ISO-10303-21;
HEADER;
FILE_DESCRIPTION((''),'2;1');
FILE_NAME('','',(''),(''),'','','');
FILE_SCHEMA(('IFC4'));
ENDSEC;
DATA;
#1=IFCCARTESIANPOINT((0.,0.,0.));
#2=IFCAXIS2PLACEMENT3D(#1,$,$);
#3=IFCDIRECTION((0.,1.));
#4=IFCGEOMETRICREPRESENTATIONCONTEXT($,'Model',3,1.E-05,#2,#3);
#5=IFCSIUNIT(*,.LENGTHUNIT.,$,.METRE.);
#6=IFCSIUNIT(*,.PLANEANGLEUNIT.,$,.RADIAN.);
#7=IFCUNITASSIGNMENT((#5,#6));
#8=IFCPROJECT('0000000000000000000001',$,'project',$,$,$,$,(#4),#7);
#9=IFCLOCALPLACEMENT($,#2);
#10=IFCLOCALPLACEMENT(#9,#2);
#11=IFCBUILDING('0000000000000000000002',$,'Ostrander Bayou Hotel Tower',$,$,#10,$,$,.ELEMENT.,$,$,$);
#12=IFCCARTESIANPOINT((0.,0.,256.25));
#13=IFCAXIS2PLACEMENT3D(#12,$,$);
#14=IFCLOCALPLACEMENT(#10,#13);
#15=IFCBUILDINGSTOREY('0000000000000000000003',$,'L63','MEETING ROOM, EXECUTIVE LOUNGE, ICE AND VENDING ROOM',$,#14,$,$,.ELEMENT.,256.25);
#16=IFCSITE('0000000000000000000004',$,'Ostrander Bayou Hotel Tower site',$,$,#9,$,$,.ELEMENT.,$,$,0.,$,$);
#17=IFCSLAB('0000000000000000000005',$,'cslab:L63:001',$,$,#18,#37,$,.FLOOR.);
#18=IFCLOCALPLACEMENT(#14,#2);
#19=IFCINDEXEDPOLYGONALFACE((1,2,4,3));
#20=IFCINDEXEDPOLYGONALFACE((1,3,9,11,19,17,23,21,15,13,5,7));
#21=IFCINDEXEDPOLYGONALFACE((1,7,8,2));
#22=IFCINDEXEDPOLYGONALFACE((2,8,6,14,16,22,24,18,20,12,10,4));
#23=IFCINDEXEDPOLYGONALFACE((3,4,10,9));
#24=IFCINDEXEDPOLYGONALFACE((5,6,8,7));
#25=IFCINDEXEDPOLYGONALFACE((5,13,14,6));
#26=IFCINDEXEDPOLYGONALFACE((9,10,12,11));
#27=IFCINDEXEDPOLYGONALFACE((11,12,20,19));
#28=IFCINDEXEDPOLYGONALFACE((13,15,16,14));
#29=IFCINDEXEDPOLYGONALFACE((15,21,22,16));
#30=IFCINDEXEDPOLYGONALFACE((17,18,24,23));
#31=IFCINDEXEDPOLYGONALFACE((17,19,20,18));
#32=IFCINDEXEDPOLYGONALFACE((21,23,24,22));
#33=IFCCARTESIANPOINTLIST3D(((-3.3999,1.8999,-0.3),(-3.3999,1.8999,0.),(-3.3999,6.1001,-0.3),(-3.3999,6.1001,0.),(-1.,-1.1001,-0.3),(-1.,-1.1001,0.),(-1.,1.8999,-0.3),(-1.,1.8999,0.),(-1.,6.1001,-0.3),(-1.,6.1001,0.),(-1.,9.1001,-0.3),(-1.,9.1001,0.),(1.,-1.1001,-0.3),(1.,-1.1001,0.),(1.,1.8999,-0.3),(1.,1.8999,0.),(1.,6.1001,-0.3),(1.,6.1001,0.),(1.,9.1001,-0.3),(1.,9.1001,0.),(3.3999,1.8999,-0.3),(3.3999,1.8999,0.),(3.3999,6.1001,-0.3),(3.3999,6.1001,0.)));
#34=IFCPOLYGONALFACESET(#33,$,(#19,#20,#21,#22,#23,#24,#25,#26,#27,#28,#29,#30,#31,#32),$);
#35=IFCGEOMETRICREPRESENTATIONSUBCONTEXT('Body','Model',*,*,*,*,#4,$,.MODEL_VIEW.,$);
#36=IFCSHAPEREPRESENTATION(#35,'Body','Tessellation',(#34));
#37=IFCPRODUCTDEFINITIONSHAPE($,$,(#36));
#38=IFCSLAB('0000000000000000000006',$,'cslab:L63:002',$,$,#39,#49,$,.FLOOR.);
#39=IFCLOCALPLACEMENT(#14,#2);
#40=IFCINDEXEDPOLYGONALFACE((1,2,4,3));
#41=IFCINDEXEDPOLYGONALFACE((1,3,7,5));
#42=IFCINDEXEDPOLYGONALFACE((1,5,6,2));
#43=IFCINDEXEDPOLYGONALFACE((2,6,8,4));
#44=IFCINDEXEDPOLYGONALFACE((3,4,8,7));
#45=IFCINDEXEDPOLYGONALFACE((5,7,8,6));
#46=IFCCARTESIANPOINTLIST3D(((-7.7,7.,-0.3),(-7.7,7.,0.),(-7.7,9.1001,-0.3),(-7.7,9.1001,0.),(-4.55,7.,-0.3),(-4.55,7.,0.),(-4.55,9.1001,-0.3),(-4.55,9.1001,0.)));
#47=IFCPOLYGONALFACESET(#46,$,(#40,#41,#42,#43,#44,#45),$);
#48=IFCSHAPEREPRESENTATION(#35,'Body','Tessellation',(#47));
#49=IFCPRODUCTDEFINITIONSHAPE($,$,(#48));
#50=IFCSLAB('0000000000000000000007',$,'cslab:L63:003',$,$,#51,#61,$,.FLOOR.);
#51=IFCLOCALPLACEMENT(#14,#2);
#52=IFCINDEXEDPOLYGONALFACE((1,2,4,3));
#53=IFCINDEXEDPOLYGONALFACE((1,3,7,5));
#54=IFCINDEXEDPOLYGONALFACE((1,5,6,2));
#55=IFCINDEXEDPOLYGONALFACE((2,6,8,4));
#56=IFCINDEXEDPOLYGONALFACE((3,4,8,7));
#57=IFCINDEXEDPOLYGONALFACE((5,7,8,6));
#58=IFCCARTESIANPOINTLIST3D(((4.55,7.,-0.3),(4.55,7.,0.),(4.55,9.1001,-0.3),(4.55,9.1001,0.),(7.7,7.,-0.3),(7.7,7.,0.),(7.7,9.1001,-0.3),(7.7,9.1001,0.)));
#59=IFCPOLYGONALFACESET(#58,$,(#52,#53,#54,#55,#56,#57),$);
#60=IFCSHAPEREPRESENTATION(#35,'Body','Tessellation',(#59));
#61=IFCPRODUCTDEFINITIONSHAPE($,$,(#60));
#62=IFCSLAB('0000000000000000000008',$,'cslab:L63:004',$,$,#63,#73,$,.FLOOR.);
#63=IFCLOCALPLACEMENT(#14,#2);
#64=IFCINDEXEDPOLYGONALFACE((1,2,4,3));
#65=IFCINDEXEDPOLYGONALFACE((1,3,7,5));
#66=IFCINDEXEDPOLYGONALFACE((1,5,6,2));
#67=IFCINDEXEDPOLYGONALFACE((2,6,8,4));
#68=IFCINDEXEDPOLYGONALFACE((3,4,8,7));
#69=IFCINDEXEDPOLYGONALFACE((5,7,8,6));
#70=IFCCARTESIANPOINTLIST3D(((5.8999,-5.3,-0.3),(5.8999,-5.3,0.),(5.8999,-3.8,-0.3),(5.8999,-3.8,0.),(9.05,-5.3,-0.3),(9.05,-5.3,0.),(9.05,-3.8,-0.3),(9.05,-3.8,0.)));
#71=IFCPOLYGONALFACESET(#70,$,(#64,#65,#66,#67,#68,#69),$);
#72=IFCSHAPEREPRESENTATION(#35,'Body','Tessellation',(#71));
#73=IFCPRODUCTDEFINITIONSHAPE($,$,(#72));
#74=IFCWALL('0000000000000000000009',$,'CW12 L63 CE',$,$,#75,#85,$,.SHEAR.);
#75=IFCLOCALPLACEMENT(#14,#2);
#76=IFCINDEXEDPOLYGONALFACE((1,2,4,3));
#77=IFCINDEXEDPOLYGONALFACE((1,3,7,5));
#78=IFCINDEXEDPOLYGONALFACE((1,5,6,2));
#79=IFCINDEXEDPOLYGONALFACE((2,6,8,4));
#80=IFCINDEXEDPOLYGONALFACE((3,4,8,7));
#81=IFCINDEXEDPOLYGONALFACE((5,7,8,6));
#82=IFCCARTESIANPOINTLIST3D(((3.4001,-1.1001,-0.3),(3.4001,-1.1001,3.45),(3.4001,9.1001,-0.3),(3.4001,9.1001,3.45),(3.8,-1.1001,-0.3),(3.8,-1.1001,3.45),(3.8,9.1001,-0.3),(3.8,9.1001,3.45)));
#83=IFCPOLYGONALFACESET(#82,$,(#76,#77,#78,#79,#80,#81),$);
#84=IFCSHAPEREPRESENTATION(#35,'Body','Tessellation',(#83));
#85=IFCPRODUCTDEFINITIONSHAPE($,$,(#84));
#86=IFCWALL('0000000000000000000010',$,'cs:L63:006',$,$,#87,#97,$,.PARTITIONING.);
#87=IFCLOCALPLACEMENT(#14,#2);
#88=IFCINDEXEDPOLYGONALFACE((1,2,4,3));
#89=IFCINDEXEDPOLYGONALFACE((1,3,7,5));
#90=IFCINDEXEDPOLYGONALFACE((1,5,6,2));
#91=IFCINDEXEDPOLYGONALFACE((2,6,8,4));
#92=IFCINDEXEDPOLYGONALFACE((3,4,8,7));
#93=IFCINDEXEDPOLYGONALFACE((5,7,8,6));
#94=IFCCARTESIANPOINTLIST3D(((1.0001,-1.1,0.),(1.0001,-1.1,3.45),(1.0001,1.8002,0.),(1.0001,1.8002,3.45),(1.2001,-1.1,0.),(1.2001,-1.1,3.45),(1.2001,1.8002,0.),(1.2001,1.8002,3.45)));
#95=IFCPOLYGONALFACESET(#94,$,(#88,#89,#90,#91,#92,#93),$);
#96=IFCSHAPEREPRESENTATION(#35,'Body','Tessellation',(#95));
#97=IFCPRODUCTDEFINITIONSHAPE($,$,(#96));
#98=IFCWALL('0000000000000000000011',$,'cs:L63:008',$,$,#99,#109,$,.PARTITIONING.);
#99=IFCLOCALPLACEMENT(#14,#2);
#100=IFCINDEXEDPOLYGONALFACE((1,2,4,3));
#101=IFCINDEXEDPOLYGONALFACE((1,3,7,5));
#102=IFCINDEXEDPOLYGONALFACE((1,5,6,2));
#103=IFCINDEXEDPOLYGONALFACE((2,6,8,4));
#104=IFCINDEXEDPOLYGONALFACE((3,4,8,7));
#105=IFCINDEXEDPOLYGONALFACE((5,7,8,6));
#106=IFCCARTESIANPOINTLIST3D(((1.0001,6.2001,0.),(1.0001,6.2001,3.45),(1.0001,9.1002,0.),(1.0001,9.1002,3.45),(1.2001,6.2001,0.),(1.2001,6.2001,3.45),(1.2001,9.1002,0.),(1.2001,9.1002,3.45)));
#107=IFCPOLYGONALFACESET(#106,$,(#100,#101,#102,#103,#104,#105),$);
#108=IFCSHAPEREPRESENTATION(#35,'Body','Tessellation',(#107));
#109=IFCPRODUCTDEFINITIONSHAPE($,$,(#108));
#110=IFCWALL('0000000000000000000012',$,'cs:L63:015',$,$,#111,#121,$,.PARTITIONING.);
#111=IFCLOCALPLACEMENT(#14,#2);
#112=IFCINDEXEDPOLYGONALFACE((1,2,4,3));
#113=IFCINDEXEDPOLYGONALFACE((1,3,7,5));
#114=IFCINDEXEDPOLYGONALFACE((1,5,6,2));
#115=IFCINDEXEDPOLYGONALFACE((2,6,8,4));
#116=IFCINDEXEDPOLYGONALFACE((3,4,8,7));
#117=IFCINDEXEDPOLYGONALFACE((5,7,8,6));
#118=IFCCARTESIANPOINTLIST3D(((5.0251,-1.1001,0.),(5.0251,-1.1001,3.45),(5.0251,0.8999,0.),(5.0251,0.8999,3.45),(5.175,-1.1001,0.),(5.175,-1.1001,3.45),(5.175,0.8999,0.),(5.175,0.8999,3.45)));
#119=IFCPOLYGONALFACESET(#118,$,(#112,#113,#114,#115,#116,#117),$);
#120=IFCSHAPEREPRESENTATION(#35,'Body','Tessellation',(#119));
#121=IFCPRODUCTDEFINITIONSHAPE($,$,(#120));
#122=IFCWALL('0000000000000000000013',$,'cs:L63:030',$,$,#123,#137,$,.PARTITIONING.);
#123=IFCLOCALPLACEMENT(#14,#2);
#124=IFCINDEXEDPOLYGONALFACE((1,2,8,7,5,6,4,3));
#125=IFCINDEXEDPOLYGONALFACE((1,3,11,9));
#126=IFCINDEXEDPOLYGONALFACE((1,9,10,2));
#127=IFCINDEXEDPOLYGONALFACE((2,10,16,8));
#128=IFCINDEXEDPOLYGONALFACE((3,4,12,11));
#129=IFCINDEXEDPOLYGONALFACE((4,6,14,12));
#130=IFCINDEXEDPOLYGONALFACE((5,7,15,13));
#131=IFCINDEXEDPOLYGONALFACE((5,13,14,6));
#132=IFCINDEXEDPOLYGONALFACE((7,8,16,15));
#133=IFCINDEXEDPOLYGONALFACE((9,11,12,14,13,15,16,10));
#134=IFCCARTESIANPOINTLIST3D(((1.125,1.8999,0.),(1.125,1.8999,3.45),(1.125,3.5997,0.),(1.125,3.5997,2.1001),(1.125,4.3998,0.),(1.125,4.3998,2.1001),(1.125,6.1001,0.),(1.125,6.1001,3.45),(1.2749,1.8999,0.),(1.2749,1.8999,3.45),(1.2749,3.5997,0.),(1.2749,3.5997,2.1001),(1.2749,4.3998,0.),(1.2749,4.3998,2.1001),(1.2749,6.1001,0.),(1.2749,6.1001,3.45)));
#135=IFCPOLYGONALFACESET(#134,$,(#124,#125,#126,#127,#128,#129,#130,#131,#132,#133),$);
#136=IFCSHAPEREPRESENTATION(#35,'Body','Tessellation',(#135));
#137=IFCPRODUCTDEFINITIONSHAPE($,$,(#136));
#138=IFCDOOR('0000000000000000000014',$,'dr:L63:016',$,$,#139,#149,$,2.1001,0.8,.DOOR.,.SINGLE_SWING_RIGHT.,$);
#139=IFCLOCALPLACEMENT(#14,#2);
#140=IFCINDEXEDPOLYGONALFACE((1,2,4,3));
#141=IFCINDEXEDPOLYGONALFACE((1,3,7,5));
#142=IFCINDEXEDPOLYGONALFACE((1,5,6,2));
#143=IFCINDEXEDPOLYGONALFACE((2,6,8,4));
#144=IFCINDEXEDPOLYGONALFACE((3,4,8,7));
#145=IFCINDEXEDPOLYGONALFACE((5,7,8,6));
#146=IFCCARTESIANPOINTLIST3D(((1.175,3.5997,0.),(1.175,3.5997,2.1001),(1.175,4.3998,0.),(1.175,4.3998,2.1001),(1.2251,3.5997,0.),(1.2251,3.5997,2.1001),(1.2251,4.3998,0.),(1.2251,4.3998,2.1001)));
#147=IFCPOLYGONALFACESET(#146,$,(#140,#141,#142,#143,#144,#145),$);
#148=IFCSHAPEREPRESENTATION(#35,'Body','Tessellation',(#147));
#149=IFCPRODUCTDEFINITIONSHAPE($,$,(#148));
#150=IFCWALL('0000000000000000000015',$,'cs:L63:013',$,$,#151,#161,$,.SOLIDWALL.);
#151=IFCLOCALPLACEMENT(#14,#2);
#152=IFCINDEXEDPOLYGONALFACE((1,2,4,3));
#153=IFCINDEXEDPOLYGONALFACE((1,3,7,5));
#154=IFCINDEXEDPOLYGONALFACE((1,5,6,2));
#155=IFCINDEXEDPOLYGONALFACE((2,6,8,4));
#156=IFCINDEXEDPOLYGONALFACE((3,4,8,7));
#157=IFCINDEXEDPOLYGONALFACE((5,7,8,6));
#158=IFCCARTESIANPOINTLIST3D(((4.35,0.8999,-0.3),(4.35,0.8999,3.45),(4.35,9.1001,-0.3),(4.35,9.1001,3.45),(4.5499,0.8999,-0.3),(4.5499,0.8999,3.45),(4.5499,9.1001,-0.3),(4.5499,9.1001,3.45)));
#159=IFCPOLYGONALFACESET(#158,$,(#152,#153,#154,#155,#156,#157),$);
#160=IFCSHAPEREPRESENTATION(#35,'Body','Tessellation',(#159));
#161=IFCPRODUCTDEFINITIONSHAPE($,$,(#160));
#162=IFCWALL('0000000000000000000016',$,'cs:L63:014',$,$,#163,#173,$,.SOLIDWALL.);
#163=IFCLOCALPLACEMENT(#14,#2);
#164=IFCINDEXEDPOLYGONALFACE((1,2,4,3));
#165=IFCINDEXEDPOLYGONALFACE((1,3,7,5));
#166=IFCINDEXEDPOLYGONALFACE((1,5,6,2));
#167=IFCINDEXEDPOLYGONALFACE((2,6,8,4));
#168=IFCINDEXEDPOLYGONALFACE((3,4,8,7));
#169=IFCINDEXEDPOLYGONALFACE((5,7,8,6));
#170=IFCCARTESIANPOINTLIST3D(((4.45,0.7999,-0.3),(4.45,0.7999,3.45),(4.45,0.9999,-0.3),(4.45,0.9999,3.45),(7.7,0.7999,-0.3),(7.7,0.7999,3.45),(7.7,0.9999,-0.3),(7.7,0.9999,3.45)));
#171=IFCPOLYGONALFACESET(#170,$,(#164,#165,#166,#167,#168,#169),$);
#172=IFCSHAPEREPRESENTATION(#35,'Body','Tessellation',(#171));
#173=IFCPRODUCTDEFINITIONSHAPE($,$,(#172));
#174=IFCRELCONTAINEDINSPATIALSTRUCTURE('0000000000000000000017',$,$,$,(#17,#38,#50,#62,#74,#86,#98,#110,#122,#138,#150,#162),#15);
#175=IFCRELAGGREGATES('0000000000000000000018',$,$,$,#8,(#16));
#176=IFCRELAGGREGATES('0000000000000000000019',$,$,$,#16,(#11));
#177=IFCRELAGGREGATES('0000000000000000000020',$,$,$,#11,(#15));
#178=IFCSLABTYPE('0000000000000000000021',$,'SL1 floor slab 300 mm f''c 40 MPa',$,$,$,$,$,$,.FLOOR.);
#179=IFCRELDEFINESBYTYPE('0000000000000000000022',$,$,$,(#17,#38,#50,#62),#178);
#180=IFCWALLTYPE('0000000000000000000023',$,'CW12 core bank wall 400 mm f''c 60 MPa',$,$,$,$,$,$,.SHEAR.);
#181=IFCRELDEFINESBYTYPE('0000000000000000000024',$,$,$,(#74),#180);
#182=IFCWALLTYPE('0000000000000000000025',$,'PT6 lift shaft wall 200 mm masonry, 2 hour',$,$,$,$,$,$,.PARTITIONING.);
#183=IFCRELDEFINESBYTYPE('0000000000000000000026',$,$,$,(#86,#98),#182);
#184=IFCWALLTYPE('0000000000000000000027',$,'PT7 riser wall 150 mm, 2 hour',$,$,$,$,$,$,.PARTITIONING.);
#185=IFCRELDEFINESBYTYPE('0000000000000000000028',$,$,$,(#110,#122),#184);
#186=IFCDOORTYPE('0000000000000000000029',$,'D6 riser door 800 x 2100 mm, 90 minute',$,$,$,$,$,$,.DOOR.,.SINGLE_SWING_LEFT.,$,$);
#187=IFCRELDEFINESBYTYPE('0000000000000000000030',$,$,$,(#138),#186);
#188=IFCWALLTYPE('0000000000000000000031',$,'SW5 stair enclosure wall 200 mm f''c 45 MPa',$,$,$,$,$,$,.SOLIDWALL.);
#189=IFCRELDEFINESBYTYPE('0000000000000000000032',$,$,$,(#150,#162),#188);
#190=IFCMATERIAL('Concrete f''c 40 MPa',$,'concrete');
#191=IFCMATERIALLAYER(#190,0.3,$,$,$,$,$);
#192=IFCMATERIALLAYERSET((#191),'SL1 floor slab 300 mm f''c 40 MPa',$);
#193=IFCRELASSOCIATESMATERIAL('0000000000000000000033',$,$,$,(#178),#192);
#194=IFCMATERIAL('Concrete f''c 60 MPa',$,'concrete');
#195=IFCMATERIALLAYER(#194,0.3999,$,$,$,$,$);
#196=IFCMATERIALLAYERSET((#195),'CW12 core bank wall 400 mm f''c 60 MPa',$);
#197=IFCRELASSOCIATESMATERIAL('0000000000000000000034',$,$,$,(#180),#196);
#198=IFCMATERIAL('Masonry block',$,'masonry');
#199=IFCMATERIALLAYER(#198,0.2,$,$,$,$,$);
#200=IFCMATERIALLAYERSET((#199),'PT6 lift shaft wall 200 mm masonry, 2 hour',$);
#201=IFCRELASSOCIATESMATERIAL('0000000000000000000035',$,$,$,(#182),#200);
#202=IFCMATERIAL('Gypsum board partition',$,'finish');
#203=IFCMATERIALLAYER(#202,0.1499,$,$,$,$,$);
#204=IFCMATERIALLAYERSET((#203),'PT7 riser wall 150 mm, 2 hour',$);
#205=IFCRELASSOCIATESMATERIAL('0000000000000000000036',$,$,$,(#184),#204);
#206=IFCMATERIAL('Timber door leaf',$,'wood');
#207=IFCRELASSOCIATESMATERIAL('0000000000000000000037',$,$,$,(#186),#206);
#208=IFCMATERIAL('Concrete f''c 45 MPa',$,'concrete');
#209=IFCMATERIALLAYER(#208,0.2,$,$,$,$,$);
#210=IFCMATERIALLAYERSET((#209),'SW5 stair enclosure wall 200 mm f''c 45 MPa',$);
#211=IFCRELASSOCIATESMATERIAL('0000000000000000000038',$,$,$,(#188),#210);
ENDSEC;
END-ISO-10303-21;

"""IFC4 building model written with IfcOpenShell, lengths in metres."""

from ifc_helpers import new_model, si_unit, direction, frame, frame_2d, origin, place, context, subcontext, project, spatial, polyline, rectangle, outline, extrude, material, layer, layer_set, type_object, element, fill, save


model = new_model("IFC4")

# Units and contexts
model_context = context("Model", 3, precision=1e-05, world=origin(), true_north=direction((0.0, 1.0)))
body_context = subcontext(model_context, "Body", "Model", "MODEL_VIEW")
ifc_project = project(units=[si_unit("LENGTHUNIT", "METRE"), si_unit("PLANEANGLEUNIT", "RADIAN")], contexts=[model_context])

# Site, building, storey
site_placement = place(None, origin())
site = spatial("IfcSite", under=ifc_project, at=site_placement, Name="Ostrander Bayou Hotel Tower site", CompositionType="ELEMENT", RefElevation=0.0)
building_placement = place(site_placement, origin())
building = spatial("IfcBuilding", under=site, at=building_placement, Name="Ostrander Bayou Hotel Tower", CompositionType="ELEMENT")
storey_placement = place(building_placement, frame((0.0, 0.0, 256.25)))
storey = spatial("IfcBuildingStorey", under=building, at=storey_placement, Name="L63", Description="MEETING ROOM, EXECUTIVE LOUNGE, ICE AND VENDING ROOM", CompositionType="ELEMENT", Elevation=256.25)

# Slabs
ifc_material_1 = material(Name="Concrete f'c 40 MPa", Category="concrete")
ifc_layer_1 = layer(ifc_material_1, 0.3)
ifc_layer_set_1 = layer_set([ifc_layer_1], Name="SL1 floor slab 300 mm f'c 40 MPa")
slab_type = type_object("IfcSlabType", Name="SL1 floor slab 300 mm f'c 40 MPa", PredefinedType="FLOOR", material=ifc_layer_set_1)
slab_1_placement = place(storey_placement, frame((0.0, 0.0, -0.3)))
element("IfcSlab", 1, at=slab_1_placement, inside=storey, type_object=slab_type, Name="cslab:L63:001", PredefinedType="FLOOR", context=body_context, shape_type="SweptSolid", body=[
    extrude(outline(polyline([(-3.3999, 6.1001), (-1.0, 6.1001), (-1.0, 9.1001), (1.0, 9.1001), (1.0, 6.1001), (3.3999, 6.1001), (3.3999, 1.8999), (1.0, 1.8999), (1.0, -1.1001), (-1.0, -1.1001), (-1.0, 1.8999), (-3.3999, 1.8999), (-3.3999, 6.1001)])), origin(), (0.0, 0.0, 1.0), 0.3),
])
slab_2_placement = place(storey_placement, frame((0.0, 0.0, -0.3)))
element("IfcSlab", 2, at=slab_2_placement, inside=storey, type_object=slab_type, Name="cslab:L63:002", PredefinedType="FLOOR", context=body_context, shape_type="SweptSolid", body=[
    extrude(outline(polyline([(-4.55, 7.0), (-4.55, 9.1001), (-7.7, 9.1001), (-7.7, 7.0), (-4.55, 7.0)])), origin(), (0.0, 0.0, 1.0), 0.3),
])
slab_3_placement = place(storey_placement, frame((0.0, 0.0, -0.3)))
element("IfcSlab", 3, at=slab_3_placement, inside=storey, type_object=slab_type, Name="cslab:L63:003", PredefinedType="FLOOR", context=body_context, shape_type="SweptSolid", body=[
    extrude(outline(polyline([(7.7, 7.0), (7.7, 9.1001), (4.55, 9.1001), (4.55, 7.0), (7.7, 7.0)])), origin(), (0.0, 0.0, 1.0), 0.3),
])
slab_4_placement = place(storey_placement, frame((0.0, 0.0, -0.3)))
element("IfcSlab", 4, at=slab_4_placement, inside=storey, type_object=slab_type, Name="cslab:L63:004", PredefinedType="FLOOR", context=body_context, shape_type="SweptSolid", body=[
    extrude(outline(polyline([(9.05, -5.3), (9.05, -3.8), (5.8999, -3.8), (5.8999, -5.3), (9.05, -5.3)])), origin(), (0.0, 0.0, 1.0), 0.3),
])

# Wall
ifc_material_2 = material(Name="Concrete f'c 60 MPa", Category="concrete")
ifc_layer_2 = layer(ifc_material_2, 0.3999)
ifc_layer_set_2 = layer_set([ifc_layer_2], Name="CW12 core bank wall 400 mm f'c 60 MPa")
wall_type_1 = type_object("IfcWallType", Name="CW12 core bank wall 400 mm f'c 60 MPa", PredefinedType="SHEAR", material=ifc_layer_set_2)
wall_1_placement = place(storey_placement, frame((3.6001, -1.1001, -0.3), z_axis=(0.0, 0.0, 1.0), x_axis=(0.0, 1.0, 0.0)))
element("IfcWall", 5, at=wall_1_placement, inside=storey, type_object=wall_type_1, Name="CW12 L63 CE", PredefinedType="SHEAR", context=body_context, shape_type="SweptSolid", body=[
    extrude(rectangle(XDim=10.2002, YDim=0.3999, at=frame_2d((5.1001, 0.0))), origin(), (0.0, 0.0, 1.0), 3.75),
])

# Shared definitions
ifc_material_3 = material(Name="Masonry block", Category="masonry")
ifc_layer_3 = layer(ifc_material_3, 0.2)
ifc_layer_set_3 = layer_set([ifc_layer_3], Name="PT6 lift shaft wall 200 mm masonry, 2 hour")
wall_type_2 = type_object("IfcWallType", Name="PT6 lift shaft wall 200 mm masonry, 2 hour", PredefinedType="PARTITIONING", material=ifc_layer_set_3)

# Walls
for number, where, z_axis, x_axis, name in (
    (6, (1.1001, -1.1001, 0.0), (0.0, 0.0, 1.0), (0.0, 1.0, 0.0), "cs:L63:006"),
    (7, (1.1001, 6.2, 0.0), (0.0, 0.0, 1.0), (0.0, 1.0, 0.0), "cs:L63:008"),
):
    element("IfcWall", number, at=place(storey_placement, frame(where, z_axis=z_axis, x_axis=x_axis)), inside=storey, type_object=wall_type_2, Name=name, PredefinedType="PARTITIONING", context=body_context, shape_type="SweptSolid", body=[
        extrude(rectangle(XDim=2.9001, YDim=0.2, at=frame_2d((1.4502, 0.0))), origin(), (0.0, 0.0, 1.0), 3.45),
    ])
ifc_material_4 = material(Name="Gypsum board partition", Category="finish")
ifc_layer_4 = layer(ifc_material_4, 0.1499)
ifc_layer_set_4 = layer_set([ifc_layer_4], Name="PT7 riser wall 150 mm, 2 hour")
wall_type_3 = type_object("IfcWallType", Name="PT7 riser wall 150 mm, 2 hour", PredefinedType="PARTITIONING", material=ifc_layer_set_4)
wall_2_placement = place(storey_placement, frame((5.1001, -1.1001, 0.0), z_axis=(0.0, 0.0, 1.0), x_axis=(0.0, 1.0, 0.0)))
element("IfcWall", 8, at=wall_2_placement, inside=storey, type_object=wall_type_3, Name="cs:L63:015", PredefinedType="PARTITIONING", context=body_context, shape_type="SweptSolid", body=[
    extrude(rectangle(XDim=2.0, YDim=0.1499, at=frame_2d((1.0, 0.0))), origin(), (0.0, 0.0, 1.0), 3.45),
])

# Wall, opening, door
wall_3_placement = place(storey_placement, frame((1.2, 1.8999, 0.0), z_axis=(0.0, 0.0, 1.0), x_axis=(0.0, 1.0, 0.0)))
wall_3 = element("IfcWall", 9, at=wall_3_placement, inside=storey, type_object=wall_type_3, Name="cs:L63:030", PredefinedType="PARTITIONING", context=body_context, shape_type="SweptSolid", body=[
    extrude(rectangle(XDim=4.2002, YDim=0.1499, at=frame_2d((2.1001, 0.0))), origin(), (0.0, 0.0, 1.0), 3.45),
])
opening_1_placement = place(wall_3_placement, frame((1.7, 0.0, 0.0)))
opening_1 = element("IfcOpeningElement", 10, at=opening_1_placement, cuts=wall_3, PredefinedType="OPENING", context=body_context, shape_type="SweptSolid", body=[
    extrude(rectangle(XDim=0.8, YDim=2.1001, at=frame_2d((0.3999, 1.05))), frame((0.0, 0.075, 0.0), z_axis=(0.0, -1.0, 0.0), x_axis=(1.0, 0.0, 0.0)), (0.0, 0.0, 1.0), 0.1499),
])
ifc_material_5 = material(Name="Timber door leaf", Category="wood")
door_type_1 = type_object("IfcDoorType", Name="D6 riser door 800 x 2100 mm, 90 minute", OperationType="SINGLE_SWING_LEFT", PredefinedType="DOOR", material=ifc_material_5)
door_1_placement = place(opening_1_placement, origin())
door_1 = element("IfcDoor", 11, at=door_1_placement, inside=storey, type_object=door_type_1, Name="dr:L63:016", OperationType="SINGLE_SWING_RIGHT", OverallHeight=2.1001, OverallWidth=0.8, PredefinedType="DOOR", context=body_context, shape_type="SweptSolid", body=[
    extrude(rectangle(XDim=0.8, YDim=2.1001, at=frame_2d((0.3999, 1.05))), frame((0.0, 0.0249, 0.0), z_axis=(0.0, -1.0, 0.0), x_axis=(1.0, 0.0, 0.0)), (0.0, 0.0, 1.0), 0.05),
])
fill(opening_1, door_1)

# Walls
ifc_material_6 = material(Name="Concrete f'c 45 MPa", Category="concrete")
ifc_layer_5 = layer(ifc_material_6, 0.2)
ifc_layer_set_5 = layer_set([ifc_layer_5], Name="SW5 stair enclosure wall 200 mm f'c 45 MPa")
wall_type_4 = type_object("IfcWallType", Name="SW5 stair enclosure wall 200 mm f'c 45 MPa", PredefinedType="SOLIDWALL", material=ifc_layer_set_5)
wall_4_placement = place(storey_placement, frame((4.45, 0.8999, -0.3), z_axis=(0.0, 0.0, 1.0), x_axis=(0.0, 1.0, 0.0)))
element("IfcWall", 12, at=wall_4_placement, inside=storey, type_object=wall_type_4, Name="cs:L63:013", PredefinedType="SOLIDWALL", context=body_context, shape_type="SweptSolid", body=[
    extrude(rectangle(XDim=8.2002, YDim=0.2, at=frame_2d((4.1001, 0.0))), origin(), (0.0, 0.0, 1.0), 3.75),
])
wall_5_placement = place(storey_placement, frame((4.45, 0.8999, -0.3), z_axis=(0.0, 0.0, 1.0), x_axis=(1.0, 0.0, 0.0)))
element("IfcWall", 13, at=wall_5_placement, inside=storey, type_object=wall_type_4, Name="cs:L63:014", PredefinedType="SOLIDWALL", context=body_context, shape_type="SweptSolid", body=[
    extrude(rectangle(XDim=3.25, YDim=0.2, at=frame_2d((1.625, 0.0))), origin(), (0.0, 0.0, 1.0), 3.75),
])

save(model, "model.ifc")
